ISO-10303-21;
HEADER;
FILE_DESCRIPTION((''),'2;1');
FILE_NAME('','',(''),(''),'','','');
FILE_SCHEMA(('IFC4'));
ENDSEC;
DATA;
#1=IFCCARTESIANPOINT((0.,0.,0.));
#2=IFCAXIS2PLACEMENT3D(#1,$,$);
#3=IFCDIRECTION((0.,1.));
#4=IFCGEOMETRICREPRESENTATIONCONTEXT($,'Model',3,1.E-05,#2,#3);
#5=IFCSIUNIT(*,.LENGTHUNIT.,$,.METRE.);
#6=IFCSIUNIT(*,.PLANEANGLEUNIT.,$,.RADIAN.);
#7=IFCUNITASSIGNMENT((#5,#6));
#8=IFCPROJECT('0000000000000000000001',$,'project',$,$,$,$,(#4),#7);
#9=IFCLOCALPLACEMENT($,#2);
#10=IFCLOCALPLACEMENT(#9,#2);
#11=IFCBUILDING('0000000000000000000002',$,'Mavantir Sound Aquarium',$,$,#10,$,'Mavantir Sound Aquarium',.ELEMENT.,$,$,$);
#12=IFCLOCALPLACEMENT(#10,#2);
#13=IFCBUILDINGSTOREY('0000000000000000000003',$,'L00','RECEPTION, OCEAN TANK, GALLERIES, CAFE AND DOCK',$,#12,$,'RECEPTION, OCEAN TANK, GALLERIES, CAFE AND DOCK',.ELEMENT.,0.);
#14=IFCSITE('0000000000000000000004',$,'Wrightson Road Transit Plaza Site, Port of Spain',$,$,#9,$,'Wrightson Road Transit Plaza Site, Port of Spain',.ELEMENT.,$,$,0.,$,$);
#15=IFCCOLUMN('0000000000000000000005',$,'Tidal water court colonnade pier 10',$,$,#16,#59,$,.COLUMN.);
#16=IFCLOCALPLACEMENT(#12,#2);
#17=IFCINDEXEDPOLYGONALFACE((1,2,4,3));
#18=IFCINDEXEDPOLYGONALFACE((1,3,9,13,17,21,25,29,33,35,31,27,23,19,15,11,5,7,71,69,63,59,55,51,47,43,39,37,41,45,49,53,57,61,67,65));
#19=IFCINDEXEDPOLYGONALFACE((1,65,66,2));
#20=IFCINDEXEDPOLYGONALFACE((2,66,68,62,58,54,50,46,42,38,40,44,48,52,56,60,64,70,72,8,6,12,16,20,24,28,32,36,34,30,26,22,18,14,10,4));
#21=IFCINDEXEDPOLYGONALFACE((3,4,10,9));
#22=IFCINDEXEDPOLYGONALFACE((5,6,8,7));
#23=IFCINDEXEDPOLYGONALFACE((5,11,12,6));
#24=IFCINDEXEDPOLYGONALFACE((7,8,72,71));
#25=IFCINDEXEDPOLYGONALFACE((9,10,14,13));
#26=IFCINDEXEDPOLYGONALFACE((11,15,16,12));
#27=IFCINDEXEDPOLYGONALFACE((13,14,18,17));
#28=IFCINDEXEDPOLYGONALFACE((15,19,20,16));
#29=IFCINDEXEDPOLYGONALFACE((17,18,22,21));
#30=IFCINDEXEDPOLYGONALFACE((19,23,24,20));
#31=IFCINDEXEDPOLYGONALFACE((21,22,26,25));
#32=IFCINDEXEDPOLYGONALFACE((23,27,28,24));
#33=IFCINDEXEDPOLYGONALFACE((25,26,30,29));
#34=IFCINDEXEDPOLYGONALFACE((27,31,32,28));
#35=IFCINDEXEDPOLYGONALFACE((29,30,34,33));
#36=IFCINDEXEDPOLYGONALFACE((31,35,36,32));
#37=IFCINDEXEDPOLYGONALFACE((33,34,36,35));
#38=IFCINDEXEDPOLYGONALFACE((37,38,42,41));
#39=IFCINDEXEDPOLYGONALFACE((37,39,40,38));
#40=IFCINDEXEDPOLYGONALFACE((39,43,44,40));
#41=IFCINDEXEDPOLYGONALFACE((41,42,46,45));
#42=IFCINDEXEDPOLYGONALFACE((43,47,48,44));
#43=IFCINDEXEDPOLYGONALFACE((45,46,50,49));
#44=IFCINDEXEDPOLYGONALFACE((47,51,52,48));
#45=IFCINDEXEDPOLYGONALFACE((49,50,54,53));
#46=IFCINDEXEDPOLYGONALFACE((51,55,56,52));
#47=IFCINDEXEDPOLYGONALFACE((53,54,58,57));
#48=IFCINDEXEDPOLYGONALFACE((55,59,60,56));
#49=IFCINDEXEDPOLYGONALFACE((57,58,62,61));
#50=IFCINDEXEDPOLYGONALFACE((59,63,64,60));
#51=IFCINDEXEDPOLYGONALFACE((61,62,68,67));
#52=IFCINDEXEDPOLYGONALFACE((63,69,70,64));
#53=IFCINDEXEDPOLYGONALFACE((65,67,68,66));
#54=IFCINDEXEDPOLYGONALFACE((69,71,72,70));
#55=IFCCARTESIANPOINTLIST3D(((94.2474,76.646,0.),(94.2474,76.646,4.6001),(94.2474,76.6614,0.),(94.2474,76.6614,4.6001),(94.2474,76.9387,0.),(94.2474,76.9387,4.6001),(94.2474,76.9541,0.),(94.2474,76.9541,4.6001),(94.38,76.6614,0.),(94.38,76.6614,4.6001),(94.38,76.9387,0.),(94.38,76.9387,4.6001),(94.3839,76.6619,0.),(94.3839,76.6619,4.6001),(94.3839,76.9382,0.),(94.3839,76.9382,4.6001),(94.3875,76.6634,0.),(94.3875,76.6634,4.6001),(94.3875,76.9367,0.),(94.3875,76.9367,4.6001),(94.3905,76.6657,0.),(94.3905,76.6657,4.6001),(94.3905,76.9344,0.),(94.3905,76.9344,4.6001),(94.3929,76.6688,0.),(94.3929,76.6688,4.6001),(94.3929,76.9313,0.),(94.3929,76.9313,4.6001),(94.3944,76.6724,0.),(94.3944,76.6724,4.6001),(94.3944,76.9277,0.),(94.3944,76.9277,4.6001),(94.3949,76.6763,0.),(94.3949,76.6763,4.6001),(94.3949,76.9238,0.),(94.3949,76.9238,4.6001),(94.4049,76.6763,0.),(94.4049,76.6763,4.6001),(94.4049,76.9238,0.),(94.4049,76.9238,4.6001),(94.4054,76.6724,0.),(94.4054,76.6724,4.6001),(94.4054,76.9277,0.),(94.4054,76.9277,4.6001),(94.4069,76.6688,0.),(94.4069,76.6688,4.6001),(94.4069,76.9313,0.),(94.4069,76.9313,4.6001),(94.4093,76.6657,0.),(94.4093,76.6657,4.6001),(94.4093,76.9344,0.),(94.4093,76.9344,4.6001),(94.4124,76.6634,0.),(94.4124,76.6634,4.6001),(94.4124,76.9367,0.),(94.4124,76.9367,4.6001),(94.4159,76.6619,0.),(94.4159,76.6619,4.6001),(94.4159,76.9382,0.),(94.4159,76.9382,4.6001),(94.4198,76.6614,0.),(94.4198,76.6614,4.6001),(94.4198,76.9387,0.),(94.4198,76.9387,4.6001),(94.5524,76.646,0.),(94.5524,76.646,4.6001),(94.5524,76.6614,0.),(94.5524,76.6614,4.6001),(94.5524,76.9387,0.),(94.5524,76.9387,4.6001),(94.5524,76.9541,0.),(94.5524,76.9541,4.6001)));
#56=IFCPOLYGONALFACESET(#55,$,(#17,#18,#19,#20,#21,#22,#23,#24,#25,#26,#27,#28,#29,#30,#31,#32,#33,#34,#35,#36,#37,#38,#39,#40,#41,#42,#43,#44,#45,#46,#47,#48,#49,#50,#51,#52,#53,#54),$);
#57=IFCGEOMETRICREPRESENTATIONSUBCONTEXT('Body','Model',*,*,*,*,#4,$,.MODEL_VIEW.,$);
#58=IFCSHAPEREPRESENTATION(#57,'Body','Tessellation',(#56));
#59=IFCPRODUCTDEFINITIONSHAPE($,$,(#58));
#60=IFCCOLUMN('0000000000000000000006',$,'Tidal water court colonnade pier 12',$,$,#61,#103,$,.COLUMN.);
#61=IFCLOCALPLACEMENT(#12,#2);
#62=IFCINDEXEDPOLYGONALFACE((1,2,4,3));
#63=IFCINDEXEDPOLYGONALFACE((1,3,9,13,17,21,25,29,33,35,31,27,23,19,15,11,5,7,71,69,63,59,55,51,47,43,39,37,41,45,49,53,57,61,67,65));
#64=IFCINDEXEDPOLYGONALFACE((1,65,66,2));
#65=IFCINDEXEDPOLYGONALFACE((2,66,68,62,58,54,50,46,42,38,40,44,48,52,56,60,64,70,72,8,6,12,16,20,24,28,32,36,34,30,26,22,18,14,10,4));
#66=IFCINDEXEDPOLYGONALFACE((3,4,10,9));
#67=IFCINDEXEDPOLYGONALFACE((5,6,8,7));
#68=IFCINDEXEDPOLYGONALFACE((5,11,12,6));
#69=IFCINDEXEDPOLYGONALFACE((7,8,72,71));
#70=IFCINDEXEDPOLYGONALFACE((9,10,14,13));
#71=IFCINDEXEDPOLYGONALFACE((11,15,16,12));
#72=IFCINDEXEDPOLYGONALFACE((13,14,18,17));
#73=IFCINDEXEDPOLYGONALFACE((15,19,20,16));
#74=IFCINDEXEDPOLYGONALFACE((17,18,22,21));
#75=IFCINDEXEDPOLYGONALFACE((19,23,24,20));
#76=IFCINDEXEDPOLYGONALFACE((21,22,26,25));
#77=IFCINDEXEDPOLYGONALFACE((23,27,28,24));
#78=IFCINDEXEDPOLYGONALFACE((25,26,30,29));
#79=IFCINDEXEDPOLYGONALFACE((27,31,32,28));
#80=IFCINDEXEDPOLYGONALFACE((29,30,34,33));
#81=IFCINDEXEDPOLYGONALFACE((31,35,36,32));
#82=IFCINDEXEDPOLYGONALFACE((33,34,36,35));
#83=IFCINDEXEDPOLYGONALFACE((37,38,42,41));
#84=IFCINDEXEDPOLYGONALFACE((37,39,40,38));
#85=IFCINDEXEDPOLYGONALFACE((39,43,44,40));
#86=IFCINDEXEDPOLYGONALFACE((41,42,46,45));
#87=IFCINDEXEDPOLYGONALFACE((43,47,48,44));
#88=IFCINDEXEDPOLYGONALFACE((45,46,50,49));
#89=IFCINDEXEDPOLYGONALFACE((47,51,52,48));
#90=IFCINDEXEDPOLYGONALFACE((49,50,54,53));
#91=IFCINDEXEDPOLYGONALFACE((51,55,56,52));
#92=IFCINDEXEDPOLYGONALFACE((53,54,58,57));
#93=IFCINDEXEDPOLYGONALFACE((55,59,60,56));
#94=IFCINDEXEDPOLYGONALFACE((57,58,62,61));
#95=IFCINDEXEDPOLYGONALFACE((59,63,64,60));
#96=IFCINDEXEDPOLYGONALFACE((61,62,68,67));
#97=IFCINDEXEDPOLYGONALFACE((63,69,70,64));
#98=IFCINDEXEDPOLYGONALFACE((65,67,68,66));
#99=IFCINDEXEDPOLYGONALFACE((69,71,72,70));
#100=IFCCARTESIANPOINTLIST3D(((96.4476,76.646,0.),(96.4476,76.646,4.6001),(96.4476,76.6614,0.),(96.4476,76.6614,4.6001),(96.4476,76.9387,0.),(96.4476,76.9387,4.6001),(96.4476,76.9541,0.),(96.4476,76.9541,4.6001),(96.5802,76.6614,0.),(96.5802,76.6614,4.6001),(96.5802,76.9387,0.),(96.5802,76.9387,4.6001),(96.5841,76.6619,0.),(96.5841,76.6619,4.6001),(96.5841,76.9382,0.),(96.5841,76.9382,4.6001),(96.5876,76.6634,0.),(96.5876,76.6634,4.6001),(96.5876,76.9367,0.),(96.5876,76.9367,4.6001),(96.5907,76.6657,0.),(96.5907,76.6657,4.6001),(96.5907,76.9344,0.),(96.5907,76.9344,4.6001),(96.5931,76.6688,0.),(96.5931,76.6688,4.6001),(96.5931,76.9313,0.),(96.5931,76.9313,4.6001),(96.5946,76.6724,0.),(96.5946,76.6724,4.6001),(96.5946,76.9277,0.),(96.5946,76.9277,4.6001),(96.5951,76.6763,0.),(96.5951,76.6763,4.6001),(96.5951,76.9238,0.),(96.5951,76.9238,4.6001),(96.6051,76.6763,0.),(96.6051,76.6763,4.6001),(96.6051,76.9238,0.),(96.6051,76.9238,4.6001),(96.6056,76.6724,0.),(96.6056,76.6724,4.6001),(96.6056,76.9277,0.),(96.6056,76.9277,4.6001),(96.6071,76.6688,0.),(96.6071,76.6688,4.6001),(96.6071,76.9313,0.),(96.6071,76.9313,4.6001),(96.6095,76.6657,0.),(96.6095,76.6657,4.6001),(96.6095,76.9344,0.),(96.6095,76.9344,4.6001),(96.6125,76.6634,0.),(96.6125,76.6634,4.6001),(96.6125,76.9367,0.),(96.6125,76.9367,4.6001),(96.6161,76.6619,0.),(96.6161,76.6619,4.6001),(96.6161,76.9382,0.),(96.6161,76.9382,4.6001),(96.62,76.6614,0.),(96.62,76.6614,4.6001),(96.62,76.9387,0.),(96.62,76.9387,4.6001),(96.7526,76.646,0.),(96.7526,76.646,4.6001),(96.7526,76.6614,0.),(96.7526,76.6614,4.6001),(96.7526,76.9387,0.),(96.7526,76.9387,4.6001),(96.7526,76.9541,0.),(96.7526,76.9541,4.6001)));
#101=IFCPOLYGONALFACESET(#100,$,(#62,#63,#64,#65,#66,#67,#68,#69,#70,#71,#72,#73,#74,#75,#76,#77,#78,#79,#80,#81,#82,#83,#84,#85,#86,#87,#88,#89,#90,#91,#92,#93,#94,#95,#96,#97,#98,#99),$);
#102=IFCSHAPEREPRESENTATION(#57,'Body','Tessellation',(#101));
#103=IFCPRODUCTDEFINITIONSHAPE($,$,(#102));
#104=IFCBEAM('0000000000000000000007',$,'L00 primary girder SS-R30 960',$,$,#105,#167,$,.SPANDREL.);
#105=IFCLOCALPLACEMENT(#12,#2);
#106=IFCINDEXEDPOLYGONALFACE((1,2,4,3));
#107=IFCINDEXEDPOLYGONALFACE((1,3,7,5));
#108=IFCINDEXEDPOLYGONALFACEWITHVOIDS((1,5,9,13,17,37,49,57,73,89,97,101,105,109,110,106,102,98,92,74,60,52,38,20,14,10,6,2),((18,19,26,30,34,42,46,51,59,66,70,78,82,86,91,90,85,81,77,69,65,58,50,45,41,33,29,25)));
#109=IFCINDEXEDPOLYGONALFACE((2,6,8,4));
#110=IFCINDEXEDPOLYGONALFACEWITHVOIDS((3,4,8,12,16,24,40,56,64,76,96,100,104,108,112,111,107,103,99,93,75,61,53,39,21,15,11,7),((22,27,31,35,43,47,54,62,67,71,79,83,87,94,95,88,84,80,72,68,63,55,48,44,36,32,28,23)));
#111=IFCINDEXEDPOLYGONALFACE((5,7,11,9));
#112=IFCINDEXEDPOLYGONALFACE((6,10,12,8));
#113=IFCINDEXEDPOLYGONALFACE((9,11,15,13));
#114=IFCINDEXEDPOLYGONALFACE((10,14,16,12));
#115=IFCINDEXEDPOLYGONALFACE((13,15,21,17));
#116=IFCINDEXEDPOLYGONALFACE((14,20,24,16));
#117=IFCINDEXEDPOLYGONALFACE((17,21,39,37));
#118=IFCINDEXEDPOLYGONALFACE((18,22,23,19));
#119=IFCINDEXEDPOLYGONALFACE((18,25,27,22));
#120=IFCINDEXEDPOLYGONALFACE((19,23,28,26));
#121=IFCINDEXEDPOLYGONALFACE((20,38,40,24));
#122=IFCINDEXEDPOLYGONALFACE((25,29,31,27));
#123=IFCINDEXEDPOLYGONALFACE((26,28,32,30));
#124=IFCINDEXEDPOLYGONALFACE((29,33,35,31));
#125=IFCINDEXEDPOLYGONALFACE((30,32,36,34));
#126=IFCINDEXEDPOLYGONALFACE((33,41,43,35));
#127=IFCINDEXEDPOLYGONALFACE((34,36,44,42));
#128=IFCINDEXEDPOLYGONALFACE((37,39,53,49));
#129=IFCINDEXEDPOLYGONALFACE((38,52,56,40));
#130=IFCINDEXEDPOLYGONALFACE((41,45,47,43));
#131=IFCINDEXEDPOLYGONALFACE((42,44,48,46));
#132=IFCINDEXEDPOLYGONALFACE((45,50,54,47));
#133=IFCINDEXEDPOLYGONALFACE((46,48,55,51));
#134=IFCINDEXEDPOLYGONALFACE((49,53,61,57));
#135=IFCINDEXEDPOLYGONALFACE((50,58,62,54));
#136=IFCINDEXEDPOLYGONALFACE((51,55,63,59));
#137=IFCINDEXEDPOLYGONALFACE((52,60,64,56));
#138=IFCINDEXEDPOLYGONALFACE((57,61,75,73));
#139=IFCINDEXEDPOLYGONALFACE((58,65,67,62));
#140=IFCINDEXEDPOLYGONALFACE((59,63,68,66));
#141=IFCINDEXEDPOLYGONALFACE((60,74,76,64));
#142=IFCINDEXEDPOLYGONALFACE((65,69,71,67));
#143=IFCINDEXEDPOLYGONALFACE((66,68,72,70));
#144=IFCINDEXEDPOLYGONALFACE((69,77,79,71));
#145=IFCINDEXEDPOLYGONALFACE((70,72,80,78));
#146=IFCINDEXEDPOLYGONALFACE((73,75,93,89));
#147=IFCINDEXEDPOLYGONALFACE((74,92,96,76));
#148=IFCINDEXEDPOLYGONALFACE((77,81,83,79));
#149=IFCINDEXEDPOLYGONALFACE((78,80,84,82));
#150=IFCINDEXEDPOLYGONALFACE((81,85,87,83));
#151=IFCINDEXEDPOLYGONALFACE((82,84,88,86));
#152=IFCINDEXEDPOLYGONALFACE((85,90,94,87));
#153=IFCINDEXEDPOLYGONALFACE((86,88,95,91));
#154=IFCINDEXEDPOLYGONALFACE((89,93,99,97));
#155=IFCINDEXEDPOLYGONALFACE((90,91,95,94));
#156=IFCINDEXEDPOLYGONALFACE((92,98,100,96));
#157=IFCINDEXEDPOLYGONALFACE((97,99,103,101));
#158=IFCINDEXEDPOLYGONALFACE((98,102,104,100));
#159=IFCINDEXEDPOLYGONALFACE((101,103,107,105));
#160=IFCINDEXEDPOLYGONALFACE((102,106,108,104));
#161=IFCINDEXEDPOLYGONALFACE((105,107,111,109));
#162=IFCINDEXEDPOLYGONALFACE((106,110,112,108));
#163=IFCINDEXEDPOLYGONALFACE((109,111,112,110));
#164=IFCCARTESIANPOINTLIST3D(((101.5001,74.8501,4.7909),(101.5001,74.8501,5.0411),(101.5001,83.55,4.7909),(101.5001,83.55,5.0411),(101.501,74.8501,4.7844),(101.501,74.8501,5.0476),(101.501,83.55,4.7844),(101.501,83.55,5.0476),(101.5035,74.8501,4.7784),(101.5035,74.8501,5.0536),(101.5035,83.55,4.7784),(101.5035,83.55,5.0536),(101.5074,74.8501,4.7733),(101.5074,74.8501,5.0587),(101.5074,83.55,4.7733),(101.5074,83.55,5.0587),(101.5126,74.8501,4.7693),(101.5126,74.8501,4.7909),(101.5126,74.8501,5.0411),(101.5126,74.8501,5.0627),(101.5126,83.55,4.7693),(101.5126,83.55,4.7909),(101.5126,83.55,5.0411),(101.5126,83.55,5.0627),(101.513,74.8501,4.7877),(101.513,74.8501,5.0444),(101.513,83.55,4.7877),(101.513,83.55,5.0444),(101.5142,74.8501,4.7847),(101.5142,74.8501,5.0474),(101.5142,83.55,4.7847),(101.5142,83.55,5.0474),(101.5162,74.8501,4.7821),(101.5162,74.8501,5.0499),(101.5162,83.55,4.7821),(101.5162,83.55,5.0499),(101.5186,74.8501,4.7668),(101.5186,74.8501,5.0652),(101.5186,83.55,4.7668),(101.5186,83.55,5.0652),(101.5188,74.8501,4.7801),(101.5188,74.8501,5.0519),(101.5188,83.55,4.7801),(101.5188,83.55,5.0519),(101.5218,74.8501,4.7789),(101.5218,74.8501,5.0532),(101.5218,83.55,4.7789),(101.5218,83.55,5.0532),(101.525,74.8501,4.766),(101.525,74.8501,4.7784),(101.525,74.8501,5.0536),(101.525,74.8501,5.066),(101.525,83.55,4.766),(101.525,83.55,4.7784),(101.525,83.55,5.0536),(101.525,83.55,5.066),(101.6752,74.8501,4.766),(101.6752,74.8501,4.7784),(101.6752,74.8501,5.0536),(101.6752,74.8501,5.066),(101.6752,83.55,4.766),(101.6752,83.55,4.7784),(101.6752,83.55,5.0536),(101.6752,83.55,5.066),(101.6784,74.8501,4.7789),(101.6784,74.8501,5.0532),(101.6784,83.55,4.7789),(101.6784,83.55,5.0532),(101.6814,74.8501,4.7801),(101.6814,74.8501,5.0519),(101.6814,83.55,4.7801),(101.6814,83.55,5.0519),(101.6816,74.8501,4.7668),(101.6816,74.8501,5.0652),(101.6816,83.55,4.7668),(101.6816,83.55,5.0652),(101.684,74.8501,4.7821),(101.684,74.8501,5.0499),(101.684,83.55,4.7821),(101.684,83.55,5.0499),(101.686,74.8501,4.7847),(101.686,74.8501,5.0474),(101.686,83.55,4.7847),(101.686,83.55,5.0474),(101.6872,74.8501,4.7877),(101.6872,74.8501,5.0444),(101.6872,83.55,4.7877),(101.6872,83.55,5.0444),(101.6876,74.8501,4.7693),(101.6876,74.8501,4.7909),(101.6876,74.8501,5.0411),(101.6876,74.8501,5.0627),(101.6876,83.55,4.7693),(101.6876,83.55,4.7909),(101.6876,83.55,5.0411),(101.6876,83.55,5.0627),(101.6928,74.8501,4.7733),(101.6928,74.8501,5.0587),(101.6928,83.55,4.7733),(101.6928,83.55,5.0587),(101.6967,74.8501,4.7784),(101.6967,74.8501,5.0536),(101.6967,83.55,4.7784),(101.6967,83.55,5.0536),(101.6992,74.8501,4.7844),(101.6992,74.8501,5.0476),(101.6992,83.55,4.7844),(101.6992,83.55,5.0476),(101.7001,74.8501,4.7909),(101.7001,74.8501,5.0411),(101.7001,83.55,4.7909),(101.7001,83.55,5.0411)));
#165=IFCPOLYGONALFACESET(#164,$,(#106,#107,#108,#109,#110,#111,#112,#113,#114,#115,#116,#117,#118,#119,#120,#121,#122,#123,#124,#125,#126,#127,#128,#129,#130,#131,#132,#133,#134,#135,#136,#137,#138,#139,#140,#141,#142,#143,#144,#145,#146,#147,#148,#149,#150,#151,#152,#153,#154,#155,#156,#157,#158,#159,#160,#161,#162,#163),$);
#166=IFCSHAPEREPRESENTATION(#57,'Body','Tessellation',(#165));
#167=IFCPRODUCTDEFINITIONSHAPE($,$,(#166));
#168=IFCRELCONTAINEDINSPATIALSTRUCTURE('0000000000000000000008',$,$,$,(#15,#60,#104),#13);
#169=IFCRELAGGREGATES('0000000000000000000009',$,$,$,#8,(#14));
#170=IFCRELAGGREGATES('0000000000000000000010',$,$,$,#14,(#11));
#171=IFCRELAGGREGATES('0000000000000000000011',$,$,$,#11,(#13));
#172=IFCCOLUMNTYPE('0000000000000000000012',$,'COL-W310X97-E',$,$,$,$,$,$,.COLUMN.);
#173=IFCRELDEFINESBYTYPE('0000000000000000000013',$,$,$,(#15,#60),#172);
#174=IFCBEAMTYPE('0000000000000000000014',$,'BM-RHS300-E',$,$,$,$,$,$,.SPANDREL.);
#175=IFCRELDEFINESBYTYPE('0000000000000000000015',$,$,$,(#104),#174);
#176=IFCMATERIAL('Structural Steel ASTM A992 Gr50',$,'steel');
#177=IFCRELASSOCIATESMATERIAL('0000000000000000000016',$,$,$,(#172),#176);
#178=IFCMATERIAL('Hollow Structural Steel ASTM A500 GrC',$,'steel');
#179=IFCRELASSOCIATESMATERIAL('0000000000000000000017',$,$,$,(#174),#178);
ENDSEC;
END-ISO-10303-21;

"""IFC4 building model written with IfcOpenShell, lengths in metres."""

from ifc_helpers import new_model, si_unit, direction, frame, origin, origin_2d, place, context, subcontext, project, spatial, hollow_rectangle, i_section, extrude, material, material_profile, profile_set, type_object, element, save


model = new_model("IFC4")

# Units and contexts
model_context = context("Model", 3, precision=1e-05, world=origin(), true_north=direction((0.0, 1.0)))
body_context = subcontext(model_context, "Body", "Model", "MODEL_VIEW")
ifc_project = project(units=[si_unit("LENGTHUNIT", "METRE"), si_unit("PLANEANGLEUNIT", "RADIAN")], contexts=[model_context])

# Site, building, storey
site_placement = place(None, origin())
site = spatial("IfcSite", under=ifc_project, at=site_placement, Name="Wrightson Road Transit Plaza Site, Port of Spain", LongName="Wrightson Road Transit Plaza Site, Port of Spain", CompositionType="ELEMENT", RefElevation=0.0)
building_placement = place(site_placement, origin())
building = spatial("IfcBuilding", under=site, at=building_placement, Name="Mavantir Sound Aquarium", LongName="Mavantir Sound Aquarium", CompositionType="ELEMENT")
storey_placement = place(building_placement, origin())
storey = spatial("IfcBuildingStorey", under=building, at=storey_placement, Name="L00", Description="RECEPTION, OCEAN TANK, GALLERIES, CAFE AND DOCK", LongName="RECEPTION, OCEAN TANK, GALLERIES, CAFE AND DOCK", CompositionType="ELEMENT", Elevation=0.0)

# Columns
ifc_material_1 = material(Name="Hollow Structural Steel ASTM A500 GrC", Category="steel")
ifc_material_2 = material(Name="Structural Steel ASTM A992 Gr50", Category="steel")
ifc_material_profile_1 = material_profile(ifc_material_2, i_section(OverallWidth=0.3049, OverallDepth=0.3081, WebThickness=0.01, FlangeThickness=0.0154, FilletRadius=0.0149, at=origin_2d()), Name="W310X97")
ifc_profile_set_1 = profile_set([ifc_material_profile_1], Name="Structural Steel ASTM A992 Gr50")
column_type_1 = type_object("IfcColumnType", Name="COL-W310X97-E", PredefinedType="COLUMN", material=ifc_profile_set_1)
for number, where, z_axis, x_axis, name in (
    (1, (94.3999, 76.8, 0.0), (0.0, 0.0, 1.0), (1.0, 0.0, 0.0), "Tidal water court colonnade pier 10"),
    (2, (96.6001, 76.8, 0.0), (0.0, 0.0, 1.0), (1.0, 0.0, 0.0), "Tidal water court colonnade pier 12"),
):
    element("IfcColumn", number, at=place(storey_placement, frame(where, z_axis=z_axis, x_axis=x_axis)), inside=storey, type_object=column_type_1, Name=name, PredefinedType="COLUMN", context=body_context, shape_type="SweptSolid", body=[
        extrude(i_section(OverallWidth=0.3049, OverallDepth=0.3081, WebThickness=0.01, FlangeThickness=0.0154, FilletRadius=0.0149, at=origin_2d()), origin(), (0.0, 0.0, 1.0), 4.6001),
    ])

# Beam
ifc_material_profile_2 = material_profile(ifc_material_1, hollow_rectangle(XDim=0.2, YDim=0.3, WallThickness=0.0125, InnerFilletRadius=0.0125, OuterFilletRadius=0.0249, at=origin_2d()), Name="RHS 300X200X12.5")
ifc_profile_set_2 = profile_set([ifc_material_profile_2], Name="Hollow Structural Steel ASTM A500 GrC")
beam_type = type_object("IfcBeamType", Name="BM-RHS300-E", PredefinedType="SPANDREL", material=ifc_profile_set_2)
beam_1_placement = place(storey_placement, frame((101.6001, 74.8501, 4.916), z_axis=(0.0, 1.0, 0.0), x_axis=(-1.0, 0.0, 0.0)))
element("IfcBeam", 3, at=beam_1_placement, inside=storey, type_object=beam_type, Name="L00 primary girder SS-R30 960", PredefinedType="SPANDREL", context=body_context, shape_type="SweptSolid", body=[
    extrude(hollow_rectangle(XDim=0.2, YDim=0.3, WallThickness=0.0125, InnerFilletRadius=0.0125, OuterFilletRadius=0.0249, at=origin_2d()), origin(), (0.0, 0.0, 1.0), 8.7),
])

save(model, "model.ifc")
